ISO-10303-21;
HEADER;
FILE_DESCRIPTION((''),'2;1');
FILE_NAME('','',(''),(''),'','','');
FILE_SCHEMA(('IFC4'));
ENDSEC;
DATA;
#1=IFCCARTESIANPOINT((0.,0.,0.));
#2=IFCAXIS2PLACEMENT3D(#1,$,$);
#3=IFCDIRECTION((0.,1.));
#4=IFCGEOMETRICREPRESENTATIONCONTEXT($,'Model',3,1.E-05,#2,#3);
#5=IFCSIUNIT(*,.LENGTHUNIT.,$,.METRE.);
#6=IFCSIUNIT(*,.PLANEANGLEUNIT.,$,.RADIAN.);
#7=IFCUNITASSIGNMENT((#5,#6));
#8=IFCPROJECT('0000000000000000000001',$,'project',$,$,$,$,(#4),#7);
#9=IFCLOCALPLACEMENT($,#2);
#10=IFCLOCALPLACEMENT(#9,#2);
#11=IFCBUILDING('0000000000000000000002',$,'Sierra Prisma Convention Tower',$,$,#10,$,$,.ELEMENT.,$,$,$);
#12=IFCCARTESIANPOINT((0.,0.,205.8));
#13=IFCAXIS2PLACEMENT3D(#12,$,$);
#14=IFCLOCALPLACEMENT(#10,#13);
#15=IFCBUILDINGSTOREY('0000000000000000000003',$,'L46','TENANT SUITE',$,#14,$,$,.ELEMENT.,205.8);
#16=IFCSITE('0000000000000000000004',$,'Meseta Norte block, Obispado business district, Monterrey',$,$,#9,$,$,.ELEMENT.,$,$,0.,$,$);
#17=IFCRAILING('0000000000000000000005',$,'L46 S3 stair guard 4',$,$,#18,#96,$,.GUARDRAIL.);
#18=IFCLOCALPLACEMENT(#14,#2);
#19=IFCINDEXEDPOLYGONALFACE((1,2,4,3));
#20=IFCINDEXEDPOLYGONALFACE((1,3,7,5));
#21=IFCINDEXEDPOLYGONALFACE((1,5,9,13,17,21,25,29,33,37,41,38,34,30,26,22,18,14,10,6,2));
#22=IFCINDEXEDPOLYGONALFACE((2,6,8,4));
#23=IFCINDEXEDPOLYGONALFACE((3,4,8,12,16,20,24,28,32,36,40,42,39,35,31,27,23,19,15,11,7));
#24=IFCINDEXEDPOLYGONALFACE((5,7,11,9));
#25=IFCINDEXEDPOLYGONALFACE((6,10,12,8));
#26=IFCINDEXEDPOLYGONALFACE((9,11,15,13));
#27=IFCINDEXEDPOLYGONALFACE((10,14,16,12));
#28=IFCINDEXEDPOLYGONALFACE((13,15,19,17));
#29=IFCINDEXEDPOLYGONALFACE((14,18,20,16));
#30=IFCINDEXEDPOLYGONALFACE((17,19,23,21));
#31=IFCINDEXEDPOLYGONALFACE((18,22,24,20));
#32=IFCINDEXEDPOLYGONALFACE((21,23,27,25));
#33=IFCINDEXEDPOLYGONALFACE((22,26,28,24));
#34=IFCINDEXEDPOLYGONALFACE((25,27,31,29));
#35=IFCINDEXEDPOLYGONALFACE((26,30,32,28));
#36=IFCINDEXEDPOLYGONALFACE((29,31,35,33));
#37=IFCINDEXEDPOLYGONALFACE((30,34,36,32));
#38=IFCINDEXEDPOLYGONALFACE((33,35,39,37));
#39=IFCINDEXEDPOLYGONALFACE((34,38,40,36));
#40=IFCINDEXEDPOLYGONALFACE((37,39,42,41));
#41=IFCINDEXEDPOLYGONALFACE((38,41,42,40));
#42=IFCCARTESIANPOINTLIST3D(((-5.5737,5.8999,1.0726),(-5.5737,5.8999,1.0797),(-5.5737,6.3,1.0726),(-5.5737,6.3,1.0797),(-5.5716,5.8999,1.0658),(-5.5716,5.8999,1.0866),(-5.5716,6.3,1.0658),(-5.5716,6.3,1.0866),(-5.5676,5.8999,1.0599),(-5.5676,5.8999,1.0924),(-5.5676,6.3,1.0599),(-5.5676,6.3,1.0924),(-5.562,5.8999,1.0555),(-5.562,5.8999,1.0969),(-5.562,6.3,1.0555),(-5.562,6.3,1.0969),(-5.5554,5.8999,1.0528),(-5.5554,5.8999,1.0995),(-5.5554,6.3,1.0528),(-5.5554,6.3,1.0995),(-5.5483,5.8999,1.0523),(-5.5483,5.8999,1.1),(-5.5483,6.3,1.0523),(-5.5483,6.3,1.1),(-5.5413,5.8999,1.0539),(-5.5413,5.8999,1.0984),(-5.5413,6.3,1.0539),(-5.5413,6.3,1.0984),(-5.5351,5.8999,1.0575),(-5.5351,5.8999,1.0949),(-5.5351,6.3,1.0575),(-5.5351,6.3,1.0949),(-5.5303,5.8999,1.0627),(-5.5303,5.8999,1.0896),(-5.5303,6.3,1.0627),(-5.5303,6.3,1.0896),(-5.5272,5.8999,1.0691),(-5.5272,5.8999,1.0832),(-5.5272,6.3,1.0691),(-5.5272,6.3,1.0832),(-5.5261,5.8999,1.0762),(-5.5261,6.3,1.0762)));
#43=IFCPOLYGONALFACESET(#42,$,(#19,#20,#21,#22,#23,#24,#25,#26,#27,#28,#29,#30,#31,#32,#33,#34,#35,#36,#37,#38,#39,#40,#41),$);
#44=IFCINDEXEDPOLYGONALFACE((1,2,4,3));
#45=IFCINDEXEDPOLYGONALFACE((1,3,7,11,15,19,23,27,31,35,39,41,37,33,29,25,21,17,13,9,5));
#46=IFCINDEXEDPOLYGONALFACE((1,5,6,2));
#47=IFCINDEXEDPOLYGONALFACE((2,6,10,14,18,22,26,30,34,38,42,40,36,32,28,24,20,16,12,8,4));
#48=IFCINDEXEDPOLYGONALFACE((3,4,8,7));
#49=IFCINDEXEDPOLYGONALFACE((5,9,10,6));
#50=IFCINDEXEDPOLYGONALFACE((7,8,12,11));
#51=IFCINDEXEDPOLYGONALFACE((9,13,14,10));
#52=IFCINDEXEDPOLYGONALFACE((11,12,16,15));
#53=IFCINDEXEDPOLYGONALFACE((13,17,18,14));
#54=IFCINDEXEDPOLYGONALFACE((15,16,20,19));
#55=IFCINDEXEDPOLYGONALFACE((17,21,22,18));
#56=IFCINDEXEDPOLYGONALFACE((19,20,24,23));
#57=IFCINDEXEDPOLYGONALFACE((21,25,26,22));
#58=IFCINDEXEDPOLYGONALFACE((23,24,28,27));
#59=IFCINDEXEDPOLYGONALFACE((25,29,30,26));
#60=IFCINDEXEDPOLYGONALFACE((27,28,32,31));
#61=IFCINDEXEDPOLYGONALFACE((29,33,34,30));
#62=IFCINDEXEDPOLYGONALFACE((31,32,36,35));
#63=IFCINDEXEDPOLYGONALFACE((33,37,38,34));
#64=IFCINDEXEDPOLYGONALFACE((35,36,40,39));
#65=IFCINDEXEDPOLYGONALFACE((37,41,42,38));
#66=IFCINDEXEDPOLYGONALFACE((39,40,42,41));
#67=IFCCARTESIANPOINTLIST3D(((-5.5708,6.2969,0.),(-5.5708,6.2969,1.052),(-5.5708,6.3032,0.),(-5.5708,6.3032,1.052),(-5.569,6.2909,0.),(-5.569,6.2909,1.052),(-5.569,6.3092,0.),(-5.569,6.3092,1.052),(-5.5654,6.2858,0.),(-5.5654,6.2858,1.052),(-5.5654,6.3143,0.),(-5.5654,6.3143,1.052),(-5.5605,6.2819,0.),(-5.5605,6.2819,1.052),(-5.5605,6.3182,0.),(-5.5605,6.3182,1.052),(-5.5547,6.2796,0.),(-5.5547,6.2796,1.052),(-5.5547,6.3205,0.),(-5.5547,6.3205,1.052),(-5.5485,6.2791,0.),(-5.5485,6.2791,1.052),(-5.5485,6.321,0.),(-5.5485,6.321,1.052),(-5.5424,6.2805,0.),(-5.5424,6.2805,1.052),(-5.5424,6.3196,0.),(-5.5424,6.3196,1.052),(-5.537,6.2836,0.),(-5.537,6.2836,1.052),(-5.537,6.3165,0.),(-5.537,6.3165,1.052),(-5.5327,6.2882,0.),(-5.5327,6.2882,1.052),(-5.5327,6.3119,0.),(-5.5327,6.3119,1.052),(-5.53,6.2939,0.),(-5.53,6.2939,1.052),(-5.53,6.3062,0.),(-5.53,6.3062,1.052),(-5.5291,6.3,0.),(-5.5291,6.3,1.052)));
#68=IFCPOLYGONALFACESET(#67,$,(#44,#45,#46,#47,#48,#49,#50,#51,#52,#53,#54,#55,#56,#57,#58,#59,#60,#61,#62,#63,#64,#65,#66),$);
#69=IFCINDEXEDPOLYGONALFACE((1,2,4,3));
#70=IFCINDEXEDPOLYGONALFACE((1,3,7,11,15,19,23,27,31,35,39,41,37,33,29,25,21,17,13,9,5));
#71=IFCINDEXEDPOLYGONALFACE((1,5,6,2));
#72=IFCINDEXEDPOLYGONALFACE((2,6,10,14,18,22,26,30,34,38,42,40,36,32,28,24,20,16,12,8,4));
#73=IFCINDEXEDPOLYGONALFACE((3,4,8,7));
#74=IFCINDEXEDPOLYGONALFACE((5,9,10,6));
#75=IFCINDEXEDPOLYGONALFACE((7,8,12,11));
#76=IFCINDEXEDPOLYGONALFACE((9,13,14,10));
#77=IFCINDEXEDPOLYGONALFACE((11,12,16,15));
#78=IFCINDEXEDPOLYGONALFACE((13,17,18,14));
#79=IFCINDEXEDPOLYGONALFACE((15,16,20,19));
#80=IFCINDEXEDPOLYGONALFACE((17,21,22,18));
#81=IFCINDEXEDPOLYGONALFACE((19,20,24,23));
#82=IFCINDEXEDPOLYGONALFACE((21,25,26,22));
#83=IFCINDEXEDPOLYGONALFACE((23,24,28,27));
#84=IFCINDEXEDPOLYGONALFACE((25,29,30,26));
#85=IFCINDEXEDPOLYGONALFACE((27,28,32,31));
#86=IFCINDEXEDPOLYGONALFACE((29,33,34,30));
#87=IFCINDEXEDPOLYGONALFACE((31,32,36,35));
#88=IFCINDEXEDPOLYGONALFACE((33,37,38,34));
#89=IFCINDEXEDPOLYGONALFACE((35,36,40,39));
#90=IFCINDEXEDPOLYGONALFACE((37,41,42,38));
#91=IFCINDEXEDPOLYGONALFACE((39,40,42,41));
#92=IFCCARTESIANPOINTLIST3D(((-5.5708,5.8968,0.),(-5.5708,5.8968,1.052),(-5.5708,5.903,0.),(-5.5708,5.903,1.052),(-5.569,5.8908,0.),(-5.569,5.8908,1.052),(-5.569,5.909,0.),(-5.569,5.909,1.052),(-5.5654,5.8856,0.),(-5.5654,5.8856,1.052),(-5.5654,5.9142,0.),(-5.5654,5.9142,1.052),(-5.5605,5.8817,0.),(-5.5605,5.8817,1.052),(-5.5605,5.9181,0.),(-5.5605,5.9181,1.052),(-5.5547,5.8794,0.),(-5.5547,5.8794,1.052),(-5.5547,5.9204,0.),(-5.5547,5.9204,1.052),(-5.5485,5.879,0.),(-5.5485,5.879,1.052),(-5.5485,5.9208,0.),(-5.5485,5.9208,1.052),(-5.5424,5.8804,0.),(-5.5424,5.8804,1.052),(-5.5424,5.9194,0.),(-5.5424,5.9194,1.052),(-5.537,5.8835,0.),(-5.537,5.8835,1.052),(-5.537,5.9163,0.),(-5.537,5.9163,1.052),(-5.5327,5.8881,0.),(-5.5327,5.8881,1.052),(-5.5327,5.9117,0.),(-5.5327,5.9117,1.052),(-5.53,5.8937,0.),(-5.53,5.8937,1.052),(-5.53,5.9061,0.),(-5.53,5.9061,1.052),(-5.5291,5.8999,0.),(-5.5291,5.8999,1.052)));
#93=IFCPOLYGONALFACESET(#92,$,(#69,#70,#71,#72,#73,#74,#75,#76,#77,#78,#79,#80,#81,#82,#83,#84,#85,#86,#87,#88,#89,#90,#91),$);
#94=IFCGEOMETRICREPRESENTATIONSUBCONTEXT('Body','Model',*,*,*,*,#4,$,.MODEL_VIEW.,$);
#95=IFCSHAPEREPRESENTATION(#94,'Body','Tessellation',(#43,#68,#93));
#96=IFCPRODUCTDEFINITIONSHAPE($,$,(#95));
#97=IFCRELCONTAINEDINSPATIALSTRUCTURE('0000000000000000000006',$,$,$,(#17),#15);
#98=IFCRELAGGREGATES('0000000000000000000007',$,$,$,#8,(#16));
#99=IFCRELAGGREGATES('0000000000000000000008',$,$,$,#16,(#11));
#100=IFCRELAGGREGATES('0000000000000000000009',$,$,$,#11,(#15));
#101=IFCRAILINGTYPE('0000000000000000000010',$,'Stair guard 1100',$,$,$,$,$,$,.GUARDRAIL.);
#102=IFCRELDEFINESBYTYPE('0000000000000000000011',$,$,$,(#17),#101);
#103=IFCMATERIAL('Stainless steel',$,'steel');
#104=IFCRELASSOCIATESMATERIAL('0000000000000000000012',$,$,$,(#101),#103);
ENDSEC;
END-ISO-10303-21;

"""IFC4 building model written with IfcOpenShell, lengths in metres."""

from ifc_helpers import new_model, si_unit, direction, frame, origin, origin_2d, place, context, subcontext, project, spatial, circle, extrude, material, type_object, element, save


model = new_model("IFC4")

# Units and contexts
model_context = context("Model", 3, precision=1e-05, world=origin(), true_north=direction((0.0, 1.0)))
body_context = subcontext(model_context, "Body", "Model", "MODEL_VIEW")
ifc_project = project(units=[si_unit("LENGTHUNIT", "METRE"), si_unit("PLANEANGLEUNIT", "RADIAN")], contexts=[model_context])

# Site, building, storey
site_placement = place(None, origin())
site = spatial("IfcSite", under=ifc_project, at=site_placement, Name="Meseta Norte block, Obispado business district, Monterrey", CompositionType="ELEMENT", RefElevation=0.0)
building_placement = place(site_placement, origin())
building = spatial("IfcBuilding", under=site, at=building_placement, Name="Sierra Prisma Convention Tower", CompositionType="ELEMENT")
storey_placement = place(building_placement, frame((0.0, 0.0, 205.8)))
storey = spatial("IfcBuildingStorey", under=building, at=storey_placement, Name="L46", Description="TENANT SUITE", CompositionType="ELEMENT", Elevation=205.8)

# Railing
ifc_material_1 = material(Name="Stainless steel", Category="steel")
railing_type_1 = type_object("IfcRailingType", Name="Stair guard 1100", PredefinedType="GUARDRAIL", material=ifc_material_1)
railing_1_placement = place(storey_placement, frame((-5.55, 6.3, 0.0)))
element("IfcRailing", 1, at=railing_1_placement, inside=storey, type_object=railing_type_1, Name="L46 S3 stair guard 4", PredefinedType="GUARDRAIL", context=body_context, shape_type="SweptSolid", body=[
    extrude(circle(Radius=0.0239, at=origin_2d()), frame((0.0, 0.0, 1.0762), z_axis=(0.0, -1.0, 0.0), x_axis=(1.0, 0.0, 0.0)), (0.0, 0.0, 1.0), 0.4001),
    extrude(circle(Radius=0.021, at=origin_2d()), origin(), (0.0, 0.0, 1.0), 1.052),
    extrude(circle(Radius=0.021, at=origin_2d()), frame((0.0, -0.4001, 0.0)), (0.0, 0.0, 1.0), 1.052),
])

save(model, "model.ifc")
